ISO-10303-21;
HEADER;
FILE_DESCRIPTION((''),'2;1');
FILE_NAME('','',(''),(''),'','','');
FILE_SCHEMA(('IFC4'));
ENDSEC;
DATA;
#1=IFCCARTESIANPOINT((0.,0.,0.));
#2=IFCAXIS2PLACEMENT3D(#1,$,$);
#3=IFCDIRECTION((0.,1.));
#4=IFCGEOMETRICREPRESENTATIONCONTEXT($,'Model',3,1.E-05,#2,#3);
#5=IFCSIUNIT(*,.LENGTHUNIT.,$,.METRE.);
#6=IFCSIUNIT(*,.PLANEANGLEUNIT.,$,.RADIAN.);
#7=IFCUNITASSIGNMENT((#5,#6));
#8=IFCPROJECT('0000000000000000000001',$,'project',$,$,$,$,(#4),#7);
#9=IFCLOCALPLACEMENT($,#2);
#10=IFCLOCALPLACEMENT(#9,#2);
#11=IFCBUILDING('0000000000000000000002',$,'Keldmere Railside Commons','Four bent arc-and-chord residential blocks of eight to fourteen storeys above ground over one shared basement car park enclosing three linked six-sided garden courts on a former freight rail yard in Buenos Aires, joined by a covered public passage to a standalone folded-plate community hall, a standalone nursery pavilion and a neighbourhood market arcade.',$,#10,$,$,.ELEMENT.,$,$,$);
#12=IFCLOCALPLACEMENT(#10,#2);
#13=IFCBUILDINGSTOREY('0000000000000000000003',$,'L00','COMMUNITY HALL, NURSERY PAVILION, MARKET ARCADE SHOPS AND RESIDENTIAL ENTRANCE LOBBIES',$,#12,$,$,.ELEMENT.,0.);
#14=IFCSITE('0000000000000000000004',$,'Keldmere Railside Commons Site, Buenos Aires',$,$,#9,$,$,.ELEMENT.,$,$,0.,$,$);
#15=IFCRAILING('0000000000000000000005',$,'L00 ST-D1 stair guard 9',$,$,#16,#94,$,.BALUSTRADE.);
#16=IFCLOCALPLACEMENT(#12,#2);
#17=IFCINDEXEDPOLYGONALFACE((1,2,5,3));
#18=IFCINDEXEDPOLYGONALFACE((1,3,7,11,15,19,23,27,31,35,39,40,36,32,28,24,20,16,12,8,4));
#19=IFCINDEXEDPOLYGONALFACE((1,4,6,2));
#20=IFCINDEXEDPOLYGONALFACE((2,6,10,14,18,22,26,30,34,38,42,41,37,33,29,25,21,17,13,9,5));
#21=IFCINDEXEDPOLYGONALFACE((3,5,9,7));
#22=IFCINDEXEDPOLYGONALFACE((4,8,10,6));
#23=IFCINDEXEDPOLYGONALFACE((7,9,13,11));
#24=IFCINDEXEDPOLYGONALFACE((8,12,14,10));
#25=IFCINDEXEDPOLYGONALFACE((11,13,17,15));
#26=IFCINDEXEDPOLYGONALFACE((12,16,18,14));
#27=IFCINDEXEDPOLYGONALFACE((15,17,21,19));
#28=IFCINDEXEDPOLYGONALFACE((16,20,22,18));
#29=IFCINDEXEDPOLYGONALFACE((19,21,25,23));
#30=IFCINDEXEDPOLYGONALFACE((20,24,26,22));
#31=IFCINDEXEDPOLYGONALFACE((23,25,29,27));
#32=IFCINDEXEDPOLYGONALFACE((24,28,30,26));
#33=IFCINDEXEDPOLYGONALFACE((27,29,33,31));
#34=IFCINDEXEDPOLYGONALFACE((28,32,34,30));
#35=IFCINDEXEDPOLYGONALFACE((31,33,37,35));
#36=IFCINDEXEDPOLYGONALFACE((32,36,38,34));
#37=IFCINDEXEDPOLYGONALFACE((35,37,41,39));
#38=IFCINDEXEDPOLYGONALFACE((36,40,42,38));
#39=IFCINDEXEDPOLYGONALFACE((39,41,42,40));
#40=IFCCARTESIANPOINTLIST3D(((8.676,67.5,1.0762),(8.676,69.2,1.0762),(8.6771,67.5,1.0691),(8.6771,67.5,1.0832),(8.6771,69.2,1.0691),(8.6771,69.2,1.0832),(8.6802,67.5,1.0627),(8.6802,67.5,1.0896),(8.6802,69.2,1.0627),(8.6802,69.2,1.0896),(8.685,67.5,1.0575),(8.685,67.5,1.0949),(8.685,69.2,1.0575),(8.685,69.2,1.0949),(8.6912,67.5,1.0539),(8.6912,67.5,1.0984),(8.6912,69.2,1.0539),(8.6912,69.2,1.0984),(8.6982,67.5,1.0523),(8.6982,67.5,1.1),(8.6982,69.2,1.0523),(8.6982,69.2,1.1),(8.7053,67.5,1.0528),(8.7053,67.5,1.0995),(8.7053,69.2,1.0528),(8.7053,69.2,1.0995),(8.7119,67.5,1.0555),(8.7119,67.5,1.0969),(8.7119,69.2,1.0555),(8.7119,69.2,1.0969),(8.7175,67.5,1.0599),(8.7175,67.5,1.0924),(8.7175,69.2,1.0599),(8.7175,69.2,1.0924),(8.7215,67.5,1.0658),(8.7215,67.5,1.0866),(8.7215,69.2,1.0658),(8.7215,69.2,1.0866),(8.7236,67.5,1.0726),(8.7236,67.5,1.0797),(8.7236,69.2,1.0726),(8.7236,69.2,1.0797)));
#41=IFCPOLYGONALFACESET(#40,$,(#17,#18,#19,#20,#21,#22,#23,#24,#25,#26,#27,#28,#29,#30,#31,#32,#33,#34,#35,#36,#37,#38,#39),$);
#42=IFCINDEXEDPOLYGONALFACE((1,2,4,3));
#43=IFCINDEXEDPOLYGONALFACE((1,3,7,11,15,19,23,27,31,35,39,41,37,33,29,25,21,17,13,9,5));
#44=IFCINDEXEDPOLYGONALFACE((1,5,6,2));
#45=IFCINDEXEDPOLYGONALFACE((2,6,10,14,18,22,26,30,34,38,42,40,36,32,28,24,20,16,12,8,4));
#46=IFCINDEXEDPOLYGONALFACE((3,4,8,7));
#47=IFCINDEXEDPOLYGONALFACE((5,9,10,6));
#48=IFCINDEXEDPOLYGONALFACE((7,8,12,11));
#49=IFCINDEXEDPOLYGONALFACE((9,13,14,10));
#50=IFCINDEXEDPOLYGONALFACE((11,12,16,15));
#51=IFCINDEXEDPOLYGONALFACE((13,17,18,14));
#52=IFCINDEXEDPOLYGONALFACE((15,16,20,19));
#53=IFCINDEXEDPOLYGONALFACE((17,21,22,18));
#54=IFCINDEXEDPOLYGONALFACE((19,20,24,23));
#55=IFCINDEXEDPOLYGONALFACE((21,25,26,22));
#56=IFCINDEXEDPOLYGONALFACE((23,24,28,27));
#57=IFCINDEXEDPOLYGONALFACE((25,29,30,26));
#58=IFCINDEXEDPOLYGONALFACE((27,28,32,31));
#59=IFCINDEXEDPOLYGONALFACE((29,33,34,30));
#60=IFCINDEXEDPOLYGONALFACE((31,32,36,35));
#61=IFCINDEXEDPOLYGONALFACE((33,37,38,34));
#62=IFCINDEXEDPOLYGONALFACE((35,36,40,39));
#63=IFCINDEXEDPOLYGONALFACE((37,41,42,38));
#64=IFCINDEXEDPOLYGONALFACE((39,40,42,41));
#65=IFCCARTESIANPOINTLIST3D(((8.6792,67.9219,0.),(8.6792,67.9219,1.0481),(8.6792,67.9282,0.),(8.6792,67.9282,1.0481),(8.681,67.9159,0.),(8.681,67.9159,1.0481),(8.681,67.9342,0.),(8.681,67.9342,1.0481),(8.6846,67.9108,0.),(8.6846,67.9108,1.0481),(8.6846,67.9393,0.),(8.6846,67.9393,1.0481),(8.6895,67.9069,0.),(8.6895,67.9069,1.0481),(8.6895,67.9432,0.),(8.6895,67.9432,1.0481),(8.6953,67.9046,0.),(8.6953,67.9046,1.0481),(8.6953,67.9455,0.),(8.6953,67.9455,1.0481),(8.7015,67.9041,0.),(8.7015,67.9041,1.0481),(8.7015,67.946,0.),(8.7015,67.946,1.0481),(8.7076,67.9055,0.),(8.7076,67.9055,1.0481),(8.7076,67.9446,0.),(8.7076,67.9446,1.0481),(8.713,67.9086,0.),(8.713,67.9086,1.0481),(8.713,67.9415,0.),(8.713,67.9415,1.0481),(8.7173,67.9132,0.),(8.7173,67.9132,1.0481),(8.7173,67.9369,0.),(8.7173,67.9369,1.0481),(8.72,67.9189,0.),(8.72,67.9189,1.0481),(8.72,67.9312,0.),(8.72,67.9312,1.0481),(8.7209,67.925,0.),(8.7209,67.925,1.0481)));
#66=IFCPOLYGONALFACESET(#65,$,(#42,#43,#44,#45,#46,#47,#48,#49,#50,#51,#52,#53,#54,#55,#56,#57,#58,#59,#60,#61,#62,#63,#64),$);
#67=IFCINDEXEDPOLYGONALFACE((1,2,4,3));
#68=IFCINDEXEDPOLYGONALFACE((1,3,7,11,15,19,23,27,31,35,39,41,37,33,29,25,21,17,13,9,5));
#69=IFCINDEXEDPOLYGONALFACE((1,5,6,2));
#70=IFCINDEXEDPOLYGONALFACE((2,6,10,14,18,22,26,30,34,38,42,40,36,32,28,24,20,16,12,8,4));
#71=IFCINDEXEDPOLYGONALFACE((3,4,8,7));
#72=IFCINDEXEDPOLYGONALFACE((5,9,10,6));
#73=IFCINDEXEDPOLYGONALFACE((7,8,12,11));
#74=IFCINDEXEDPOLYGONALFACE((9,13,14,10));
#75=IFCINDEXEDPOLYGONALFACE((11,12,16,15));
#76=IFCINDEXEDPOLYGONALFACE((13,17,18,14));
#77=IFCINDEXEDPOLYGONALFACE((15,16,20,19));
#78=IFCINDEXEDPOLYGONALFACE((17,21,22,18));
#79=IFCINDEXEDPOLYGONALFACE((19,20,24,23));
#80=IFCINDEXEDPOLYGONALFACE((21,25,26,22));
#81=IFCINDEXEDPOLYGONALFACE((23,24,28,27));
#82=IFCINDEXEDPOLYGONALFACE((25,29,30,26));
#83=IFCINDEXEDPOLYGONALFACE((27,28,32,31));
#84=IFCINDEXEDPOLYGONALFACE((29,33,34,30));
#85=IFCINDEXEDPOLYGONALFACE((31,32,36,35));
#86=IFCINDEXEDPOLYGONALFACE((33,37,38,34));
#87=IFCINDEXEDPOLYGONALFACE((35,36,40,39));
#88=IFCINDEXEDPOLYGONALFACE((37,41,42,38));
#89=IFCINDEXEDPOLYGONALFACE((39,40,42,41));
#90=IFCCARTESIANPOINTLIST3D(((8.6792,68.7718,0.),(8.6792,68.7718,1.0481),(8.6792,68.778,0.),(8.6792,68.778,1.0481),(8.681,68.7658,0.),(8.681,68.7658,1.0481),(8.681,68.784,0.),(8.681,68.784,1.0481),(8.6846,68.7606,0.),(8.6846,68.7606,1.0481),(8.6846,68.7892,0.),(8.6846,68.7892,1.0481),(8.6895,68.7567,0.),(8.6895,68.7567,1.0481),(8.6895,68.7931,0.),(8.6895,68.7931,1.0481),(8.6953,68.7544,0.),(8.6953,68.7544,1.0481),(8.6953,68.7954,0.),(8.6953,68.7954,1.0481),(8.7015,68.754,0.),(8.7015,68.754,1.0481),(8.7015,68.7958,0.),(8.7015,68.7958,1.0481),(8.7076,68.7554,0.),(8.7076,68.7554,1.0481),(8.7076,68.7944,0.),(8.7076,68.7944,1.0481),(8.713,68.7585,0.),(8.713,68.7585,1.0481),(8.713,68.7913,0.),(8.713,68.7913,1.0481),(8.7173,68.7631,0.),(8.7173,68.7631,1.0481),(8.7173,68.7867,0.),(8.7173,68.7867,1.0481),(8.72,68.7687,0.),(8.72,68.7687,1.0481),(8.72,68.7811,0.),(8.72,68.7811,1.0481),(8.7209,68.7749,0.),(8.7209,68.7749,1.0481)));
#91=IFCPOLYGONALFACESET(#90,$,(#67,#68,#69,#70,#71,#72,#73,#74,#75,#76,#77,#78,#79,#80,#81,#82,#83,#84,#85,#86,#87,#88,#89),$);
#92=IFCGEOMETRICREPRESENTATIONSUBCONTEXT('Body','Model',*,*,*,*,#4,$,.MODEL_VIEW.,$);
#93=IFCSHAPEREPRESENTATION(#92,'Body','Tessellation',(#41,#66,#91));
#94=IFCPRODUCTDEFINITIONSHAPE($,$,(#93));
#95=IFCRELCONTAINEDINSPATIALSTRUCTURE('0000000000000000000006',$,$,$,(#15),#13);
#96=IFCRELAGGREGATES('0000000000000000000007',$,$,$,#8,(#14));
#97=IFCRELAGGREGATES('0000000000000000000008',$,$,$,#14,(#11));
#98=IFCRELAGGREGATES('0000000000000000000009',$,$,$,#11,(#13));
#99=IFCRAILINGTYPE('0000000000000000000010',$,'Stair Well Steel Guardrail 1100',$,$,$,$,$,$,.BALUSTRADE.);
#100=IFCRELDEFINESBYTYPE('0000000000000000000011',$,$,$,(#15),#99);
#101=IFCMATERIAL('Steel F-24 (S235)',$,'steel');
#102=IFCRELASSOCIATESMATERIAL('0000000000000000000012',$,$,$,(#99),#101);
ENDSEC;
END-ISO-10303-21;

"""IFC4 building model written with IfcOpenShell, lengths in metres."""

from ifc_helpers import new_model, si_unit, direction, frame, origin, origin_2d, place, context, subcontext, project, spatial, circle, extrude, material, type_object, element, save


model = new_model("IFC4")

# Units and contexts
model_context = context("Model", 3, precision=1e-05, world=origin(), true_north=direction((0.0, 1.0)))
body_context = subcontext(model_context, "Body", "Model", "MODEL_VIEW")
ifc_project = project(units=[si_unit("LENGTHUNIT", "METRE"), si_unit("PLANEANGLEUNIT", "RADIAN")], contexts=[model_context])

# Site, building, storey
site_placement = place(None, origin())
site = spatial("IfcSite", under=ifc_project, at=site_placement, Name="Keldmere Railside Commons Site, Buenos Aires", CompositionType="ELEMENT", RefElevation=0.0)
building_placement = place(site_placement, origin())
building = spatial("IfcBuilding", under=site, at=building_placement, Name="Keldmere Railside Commons", Description="Four bent arc-and-chord residential blocks of eight to fourteen storeys above ground over one shared basement car park enclosing three linked six-sided garden courts on a former freight rail yard in Buenos Aires, joined by a covered public passage to a standalone folded-plate community hall, a standalone nursery pavilion and a neighbourhood market arcade.", CompositionType="ELEMENT")
storey_placement = place(building_placement, origin())
storey = spatial("IfcBuildingStorey", under=building, at=storey_placement, Name="L00", Description="COMMUNITY HALL, NURSERY PAVILION, MARKET ARCADE SHOPS AND RESIDENTIAL ENTRANCE LOBBIES", CompositionType="ELEMENT", Elevation=0.0)

# Shared definitions
ifc_material_1 = material(Name="Steel F-24 (S235)", Category="steel")

# Railing
railing_type = type_object("IfcRailingType", Name="Stair Well Steel Guardrail 1100", PredefinedType="BALUSTRADE", material=ifc_material_1)
for number, where, name in (
    (1, (8.7, 67.5, 0.0), "L00 ST-D1 stair guard 9"),
):
    element("IfcRailing", number, at=place(storey_placement, frame(where)), inside=storey, type_object=railing_type, Name=name, PredefinedType="BALUSTRADE", context=body_context, shape_type="SweptSolid", body=[
        extrude(circle(Radius=0.0239, at=origin_2d()), frame((0.0, 0.0, 1.0762), z_axis=(0.0, 1.0, 0.0), x_axis=(-1.0, 0.0, 0.0)), (0.0, 0.0, 1.0), 1.7),
        extrude(circle(Radius=0.021, at=origin_2d()), frame((0.0, 0.425, 0.0)), (0.0, 0.0, 1.0), 1.0481),
        extrude(circle(Radius=0.021, at=origin_2d()), frame((0.0, 1.2749, 0.0)), (0.0, 0.0, 1.0), 1.0481),
    ])

save(model, "model.ifc")
